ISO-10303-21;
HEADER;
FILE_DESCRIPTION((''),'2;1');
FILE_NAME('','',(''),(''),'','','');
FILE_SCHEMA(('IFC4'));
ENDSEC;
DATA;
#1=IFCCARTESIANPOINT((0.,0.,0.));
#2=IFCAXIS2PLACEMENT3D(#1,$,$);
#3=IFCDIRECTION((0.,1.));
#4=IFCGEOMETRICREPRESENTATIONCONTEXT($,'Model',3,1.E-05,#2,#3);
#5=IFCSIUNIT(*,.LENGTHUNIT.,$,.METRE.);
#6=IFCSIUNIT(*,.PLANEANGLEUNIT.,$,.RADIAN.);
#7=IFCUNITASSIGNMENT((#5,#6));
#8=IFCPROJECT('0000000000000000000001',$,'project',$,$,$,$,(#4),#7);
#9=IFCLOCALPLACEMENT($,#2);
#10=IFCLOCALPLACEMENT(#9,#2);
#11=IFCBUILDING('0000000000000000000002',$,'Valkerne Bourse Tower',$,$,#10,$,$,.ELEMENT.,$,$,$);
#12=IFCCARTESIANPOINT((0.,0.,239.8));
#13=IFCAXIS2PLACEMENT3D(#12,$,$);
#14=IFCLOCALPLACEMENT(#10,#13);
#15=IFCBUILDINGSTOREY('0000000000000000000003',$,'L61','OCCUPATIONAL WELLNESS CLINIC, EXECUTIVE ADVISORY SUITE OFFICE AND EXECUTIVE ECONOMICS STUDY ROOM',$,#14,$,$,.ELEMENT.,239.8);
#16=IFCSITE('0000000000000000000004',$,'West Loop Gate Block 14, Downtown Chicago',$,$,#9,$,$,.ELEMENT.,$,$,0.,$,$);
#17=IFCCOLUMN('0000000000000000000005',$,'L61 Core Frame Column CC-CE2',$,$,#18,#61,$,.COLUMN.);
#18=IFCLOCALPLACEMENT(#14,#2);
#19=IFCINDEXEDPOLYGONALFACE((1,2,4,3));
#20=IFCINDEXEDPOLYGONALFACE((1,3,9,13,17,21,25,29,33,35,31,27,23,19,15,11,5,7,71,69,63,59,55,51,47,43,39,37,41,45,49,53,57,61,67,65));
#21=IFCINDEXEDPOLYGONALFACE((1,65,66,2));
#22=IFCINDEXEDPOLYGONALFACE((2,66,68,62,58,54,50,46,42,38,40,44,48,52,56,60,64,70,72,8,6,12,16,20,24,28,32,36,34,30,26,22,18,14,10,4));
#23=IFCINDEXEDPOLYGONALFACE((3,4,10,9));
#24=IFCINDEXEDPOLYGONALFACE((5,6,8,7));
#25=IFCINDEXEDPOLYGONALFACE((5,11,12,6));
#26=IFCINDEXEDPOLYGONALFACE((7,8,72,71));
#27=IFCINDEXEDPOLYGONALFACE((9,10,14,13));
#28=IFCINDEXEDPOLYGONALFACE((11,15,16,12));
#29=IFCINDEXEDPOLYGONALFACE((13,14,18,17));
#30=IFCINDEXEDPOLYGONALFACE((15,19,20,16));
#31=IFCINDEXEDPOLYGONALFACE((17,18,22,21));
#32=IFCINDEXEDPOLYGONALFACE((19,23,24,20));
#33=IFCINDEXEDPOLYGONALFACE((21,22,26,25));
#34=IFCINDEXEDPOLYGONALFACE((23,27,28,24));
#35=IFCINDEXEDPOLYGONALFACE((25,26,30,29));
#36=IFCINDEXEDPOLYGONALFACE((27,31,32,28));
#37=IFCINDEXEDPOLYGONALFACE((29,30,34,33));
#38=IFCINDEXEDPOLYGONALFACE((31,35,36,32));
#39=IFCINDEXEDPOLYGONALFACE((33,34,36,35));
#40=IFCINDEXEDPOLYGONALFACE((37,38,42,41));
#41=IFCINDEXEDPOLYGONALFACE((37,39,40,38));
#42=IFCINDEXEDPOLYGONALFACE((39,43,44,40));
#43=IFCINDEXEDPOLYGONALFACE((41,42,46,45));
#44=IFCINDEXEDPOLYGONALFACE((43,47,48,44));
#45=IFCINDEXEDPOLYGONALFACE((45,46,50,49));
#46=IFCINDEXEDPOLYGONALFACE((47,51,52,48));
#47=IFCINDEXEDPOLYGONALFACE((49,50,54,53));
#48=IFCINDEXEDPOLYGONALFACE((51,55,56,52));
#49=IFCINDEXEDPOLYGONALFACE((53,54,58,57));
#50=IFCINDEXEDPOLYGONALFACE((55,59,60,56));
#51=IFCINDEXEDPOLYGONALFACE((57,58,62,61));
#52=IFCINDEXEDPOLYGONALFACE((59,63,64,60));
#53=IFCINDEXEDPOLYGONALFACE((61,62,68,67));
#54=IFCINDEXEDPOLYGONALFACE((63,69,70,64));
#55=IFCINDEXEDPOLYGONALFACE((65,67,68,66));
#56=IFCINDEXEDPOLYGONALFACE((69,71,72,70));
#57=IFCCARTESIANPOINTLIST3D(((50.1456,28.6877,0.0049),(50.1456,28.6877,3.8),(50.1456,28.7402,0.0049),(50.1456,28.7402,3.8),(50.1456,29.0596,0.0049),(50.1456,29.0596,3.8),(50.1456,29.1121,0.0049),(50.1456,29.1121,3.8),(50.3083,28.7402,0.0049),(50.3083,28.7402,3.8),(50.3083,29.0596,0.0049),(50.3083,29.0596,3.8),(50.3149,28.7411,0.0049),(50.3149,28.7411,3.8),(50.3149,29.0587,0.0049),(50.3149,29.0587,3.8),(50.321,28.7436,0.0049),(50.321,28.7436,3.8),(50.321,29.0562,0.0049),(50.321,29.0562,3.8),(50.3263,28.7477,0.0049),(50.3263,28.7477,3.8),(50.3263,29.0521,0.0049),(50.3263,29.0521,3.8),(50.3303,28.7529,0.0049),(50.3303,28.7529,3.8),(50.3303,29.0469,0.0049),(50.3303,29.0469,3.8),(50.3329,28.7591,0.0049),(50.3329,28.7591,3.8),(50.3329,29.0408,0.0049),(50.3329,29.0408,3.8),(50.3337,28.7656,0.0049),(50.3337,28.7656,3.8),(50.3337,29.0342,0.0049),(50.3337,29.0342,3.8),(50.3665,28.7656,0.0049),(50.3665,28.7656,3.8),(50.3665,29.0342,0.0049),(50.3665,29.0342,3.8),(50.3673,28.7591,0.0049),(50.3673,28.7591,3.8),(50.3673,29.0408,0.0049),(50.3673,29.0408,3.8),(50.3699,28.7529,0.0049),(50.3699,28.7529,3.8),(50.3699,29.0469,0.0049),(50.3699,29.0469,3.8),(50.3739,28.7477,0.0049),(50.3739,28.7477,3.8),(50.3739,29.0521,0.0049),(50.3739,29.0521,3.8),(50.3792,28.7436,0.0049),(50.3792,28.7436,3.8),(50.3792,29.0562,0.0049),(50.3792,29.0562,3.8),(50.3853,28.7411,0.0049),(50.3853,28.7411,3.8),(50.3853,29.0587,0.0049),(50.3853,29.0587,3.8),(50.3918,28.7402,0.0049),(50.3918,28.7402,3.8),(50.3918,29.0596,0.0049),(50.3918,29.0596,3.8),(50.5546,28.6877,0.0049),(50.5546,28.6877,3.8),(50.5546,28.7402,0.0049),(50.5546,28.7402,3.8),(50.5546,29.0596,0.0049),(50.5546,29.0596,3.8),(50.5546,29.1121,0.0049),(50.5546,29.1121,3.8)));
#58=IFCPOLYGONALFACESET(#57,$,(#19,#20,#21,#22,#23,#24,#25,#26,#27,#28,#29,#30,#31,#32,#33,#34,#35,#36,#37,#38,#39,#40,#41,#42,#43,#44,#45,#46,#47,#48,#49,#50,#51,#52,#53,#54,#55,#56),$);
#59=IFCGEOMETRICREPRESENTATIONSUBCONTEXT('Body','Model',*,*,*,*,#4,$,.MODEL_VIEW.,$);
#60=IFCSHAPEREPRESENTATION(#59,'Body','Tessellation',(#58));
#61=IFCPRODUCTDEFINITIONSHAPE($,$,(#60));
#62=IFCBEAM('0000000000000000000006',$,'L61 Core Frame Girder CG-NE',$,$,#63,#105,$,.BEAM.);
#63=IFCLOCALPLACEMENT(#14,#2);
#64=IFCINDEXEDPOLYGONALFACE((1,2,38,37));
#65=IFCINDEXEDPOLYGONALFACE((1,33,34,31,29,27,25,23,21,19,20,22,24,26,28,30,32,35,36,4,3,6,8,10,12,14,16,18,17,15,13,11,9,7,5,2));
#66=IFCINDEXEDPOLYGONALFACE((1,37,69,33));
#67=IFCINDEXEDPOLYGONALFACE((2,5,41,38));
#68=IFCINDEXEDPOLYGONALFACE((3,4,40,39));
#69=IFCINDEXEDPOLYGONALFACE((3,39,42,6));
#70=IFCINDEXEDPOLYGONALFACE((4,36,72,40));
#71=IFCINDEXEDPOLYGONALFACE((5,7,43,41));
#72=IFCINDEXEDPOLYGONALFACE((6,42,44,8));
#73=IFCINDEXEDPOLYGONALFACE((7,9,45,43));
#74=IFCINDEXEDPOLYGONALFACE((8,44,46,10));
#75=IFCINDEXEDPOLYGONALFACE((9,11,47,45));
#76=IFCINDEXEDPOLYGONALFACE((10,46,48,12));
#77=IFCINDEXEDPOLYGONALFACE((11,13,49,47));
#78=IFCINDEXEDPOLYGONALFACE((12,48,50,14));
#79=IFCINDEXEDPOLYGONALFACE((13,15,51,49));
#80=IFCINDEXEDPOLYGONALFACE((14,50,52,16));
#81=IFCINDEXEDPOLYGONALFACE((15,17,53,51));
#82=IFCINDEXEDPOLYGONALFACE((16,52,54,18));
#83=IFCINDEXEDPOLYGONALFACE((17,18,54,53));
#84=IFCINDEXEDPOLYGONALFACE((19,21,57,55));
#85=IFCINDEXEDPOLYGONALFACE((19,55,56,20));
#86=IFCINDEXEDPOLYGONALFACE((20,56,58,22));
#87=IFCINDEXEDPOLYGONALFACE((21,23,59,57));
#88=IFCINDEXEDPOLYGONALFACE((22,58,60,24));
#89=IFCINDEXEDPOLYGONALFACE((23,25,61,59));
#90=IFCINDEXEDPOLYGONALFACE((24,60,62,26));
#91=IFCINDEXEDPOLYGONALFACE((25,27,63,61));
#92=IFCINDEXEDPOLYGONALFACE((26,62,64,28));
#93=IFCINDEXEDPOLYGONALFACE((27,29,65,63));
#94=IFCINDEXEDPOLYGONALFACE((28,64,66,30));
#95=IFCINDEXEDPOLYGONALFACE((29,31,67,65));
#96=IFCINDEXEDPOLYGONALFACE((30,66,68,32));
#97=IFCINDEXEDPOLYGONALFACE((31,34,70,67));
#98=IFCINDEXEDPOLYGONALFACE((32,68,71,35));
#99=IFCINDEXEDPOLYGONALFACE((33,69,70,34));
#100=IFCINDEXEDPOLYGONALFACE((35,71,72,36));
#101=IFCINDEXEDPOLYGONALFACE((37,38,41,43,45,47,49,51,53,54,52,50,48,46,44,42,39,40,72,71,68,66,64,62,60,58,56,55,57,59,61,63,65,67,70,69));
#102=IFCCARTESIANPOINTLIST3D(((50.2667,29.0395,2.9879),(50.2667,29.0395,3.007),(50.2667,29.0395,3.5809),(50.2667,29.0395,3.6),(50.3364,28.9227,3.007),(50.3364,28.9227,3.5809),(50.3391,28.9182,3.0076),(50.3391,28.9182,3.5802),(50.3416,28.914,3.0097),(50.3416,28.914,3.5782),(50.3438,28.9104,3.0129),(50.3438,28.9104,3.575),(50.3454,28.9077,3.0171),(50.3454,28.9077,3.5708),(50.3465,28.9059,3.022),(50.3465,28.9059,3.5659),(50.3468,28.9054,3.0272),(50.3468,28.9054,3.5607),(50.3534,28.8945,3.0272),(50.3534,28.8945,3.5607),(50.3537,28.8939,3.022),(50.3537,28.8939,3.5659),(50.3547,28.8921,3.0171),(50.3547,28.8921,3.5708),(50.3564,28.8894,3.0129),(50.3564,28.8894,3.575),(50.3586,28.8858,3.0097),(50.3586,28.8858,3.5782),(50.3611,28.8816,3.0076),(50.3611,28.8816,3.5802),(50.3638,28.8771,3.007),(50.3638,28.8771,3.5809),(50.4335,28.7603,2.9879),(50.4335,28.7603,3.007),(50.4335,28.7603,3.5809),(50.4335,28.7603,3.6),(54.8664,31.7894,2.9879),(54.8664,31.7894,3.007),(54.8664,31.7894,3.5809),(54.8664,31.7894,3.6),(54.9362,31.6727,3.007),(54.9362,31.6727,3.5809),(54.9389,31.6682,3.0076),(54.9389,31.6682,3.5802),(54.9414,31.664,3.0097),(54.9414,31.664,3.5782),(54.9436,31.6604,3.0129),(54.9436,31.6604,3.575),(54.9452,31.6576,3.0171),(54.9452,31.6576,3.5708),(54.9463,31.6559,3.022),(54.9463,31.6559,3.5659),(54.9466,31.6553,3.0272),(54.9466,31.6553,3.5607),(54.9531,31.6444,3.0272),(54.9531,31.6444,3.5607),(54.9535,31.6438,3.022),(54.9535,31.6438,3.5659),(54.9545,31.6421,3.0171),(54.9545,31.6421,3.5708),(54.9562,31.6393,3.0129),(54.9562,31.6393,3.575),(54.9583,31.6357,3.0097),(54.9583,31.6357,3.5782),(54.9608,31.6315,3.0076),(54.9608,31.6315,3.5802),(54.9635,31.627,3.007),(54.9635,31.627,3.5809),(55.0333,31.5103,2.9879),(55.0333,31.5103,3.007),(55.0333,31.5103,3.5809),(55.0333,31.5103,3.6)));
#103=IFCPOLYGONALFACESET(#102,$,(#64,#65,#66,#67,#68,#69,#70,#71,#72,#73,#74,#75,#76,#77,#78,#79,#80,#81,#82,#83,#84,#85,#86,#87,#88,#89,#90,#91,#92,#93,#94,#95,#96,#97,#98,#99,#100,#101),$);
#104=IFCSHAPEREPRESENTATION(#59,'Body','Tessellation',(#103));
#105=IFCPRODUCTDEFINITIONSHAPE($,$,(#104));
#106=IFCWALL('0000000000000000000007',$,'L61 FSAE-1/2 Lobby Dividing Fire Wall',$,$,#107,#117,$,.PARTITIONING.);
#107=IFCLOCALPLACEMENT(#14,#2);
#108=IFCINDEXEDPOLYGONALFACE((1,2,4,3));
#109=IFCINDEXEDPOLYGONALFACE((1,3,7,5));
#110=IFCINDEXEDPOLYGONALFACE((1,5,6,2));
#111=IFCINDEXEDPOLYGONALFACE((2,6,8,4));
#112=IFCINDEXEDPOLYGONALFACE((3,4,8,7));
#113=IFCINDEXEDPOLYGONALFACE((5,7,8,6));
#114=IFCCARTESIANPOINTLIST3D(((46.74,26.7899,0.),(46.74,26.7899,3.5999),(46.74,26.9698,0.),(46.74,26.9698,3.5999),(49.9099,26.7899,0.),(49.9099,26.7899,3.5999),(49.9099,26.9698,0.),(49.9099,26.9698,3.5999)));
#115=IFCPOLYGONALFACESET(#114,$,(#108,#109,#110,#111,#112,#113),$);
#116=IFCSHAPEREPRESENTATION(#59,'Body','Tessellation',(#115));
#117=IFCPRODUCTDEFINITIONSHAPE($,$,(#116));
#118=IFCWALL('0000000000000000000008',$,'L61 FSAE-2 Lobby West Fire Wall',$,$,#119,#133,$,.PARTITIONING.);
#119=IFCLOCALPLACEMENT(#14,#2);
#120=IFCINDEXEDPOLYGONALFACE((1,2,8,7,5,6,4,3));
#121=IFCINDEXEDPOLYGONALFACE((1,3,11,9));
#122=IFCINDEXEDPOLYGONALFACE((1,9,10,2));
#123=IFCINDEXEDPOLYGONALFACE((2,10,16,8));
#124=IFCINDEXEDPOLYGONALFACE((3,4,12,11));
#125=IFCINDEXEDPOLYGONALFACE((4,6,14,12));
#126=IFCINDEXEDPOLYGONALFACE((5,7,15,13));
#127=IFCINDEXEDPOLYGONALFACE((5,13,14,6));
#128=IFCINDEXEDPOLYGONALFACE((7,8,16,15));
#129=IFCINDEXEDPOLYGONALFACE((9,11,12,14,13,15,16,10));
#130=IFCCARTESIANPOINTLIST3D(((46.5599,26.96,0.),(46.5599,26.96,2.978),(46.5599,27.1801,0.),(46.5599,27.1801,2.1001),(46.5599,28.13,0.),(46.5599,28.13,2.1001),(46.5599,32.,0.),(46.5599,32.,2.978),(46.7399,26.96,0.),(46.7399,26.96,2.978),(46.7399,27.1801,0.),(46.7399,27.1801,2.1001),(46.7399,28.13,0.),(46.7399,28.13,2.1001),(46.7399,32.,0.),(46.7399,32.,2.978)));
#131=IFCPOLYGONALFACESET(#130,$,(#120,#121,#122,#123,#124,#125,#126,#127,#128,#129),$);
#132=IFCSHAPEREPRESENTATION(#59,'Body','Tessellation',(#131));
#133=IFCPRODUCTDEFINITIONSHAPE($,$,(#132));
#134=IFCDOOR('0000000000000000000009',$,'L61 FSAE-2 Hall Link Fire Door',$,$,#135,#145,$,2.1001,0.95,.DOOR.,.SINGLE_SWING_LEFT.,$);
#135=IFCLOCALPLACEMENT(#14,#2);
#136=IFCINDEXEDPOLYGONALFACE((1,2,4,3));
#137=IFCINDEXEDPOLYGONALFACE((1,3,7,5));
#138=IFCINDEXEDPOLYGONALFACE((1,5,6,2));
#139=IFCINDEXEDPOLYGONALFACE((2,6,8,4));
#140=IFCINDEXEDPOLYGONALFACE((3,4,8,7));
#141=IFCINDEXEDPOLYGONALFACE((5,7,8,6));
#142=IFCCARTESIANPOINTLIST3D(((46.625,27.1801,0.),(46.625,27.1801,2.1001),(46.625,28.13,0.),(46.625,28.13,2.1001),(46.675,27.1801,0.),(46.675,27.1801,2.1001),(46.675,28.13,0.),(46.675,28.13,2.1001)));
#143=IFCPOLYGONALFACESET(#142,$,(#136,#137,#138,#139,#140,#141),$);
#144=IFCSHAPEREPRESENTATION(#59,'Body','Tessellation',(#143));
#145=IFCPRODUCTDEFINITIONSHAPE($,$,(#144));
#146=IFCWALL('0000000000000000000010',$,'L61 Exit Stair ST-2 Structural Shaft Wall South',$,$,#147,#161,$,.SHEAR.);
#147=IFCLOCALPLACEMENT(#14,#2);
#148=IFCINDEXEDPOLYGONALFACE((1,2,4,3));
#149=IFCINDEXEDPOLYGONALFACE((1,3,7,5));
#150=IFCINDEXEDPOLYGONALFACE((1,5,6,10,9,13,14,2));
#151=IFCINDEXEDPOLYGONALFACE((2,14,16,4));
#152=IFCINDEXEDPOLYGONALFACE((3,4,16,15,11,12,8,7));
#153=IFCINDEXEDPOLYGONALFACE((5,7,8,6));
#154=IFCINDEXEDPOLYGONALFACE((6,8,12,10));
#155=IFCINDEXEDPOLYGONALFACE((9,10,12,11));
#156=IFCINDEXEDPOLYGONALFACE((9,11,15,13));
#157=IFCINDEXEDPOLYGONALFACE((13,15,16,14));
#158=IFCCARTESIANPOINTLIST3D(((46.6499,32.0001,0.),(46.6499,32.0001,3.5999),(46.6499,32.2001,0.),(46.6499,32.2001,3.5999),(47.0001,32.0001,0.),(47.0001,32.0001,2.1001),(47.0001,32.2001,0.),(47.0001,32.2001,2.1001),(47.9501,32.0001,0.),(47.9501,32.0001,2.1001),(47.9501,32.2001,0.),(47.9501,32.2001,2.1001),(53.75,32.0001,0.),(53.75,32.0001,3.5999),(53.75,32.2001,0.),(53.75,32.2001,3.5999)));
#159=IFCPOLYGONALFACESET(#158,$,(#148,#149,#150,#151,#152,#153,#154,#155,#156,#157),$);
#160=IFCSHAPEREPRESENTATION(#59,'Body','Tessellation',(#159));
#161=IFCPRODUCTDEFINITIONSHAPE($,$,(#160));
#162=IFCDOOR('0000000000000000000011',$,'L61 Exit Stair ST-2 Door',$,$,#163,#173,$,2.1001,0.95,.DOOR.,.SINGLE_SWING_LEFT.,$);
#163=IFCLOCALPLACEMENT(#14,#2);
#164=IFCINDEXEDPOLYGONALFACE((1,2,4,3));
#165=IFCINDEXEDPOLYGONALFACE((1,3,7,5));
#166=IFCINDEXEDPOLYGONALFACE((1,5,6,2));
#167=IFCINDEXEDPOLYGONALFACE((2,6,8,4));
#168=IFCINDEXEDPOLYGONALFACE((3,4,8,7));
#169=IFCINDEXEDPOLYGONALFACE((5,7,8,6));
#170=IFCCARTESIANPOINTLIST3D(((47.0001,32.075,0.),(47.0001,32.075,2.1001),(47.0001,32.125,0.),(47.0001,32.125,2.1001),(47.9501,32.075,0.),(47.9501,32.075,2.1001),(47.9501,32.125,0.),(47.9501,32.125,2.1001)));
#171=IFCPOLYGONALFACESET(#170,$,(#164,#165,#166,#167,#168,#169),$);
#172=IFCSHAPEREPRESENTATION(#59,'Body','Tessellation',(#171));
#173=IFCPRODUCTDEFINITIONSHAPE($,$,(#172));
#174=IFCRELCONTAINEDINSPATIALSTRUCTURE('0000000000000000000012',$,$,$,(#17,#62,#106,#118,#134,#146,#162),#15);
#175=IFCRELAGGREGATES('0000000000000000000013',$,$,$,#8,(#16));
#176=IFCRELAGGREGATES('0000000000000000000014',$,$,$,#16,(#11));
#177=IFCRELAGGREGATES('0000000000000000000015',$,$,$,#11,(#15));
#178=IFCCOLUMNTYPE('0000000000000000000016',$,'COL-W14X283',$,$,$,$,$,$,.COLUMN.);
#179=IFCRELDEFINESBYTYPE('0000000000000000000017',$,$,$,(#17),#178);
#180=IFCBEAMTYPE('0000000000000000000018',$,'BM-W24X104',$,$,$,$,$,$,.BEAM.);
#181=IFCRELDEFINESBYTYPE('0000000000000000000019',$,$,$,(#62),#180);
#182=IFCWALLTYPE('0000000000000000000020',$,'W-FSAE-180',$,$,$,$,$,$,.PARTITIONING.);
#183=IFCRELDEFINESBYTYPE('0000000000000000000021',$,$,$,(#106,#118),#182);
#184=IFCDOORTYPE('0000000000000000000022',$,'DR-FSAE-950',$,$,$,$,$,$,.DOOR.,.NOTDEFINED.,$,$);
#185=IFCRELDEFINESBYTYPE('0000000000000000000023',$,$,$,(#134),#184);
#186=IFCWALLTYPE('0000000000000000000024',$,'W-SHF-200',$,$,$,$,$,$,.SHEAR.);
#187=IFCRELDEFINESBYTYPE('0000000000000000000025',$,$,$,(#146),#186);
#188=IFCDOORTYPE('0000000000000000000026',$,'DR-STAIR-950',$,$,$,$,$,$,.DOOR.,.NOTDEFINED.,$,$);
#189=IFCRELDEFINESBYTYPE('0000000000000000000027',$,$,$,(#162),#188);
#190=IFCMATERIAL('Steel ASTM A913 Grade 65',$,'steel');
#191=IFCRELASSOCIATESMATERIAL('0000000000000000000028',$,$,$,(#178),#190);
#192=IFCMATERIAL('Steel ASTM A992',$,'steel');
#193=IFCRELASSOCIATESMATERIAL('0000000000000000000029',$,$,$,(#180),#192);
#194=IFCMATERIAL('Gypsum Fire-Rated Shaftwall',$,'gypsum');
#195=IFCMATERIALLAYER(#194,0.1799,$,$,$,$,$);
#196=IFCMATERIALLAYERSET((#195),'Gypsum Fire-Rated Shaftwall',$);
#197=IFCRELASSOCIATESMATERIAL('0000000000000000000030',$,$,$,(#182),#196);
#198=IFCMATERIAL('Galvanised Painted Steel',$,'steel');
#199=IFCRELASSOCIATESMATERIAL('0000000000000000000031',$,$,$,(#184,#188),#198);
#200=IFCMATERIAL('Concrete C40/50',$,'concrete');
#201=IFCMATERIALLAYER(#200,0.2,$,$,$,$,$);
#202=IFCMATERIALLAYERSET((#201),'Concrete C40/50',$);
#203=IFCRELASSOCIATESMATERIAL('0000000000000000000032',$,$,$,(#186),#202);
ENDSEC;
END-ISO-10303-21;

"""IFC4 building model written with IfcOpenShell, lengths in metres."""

from ifc_helpers import new_model, si_unit, direction, frame, frame_2d, origin, origin_2d, place, context, subcontext, project, spatial, rectangle, i_section, extrude, material, layer, layer_set, material_profile, profile_set, type_object, element, fill, save


model = new_model("IFC4")

# Units and contexts
model_context = context("Model", 3, precision=1e-05, world=origin(), true_north=direction((0.0, 1.0)))
body_context = subcontext(model_context, "Body", "Model", "MODEL_VIEW")
ifc_project = project(units=[si_unit("LENGTHUNIT", "METRE"), si_unit("PLANEANGLEUNIT", "RADIAN")], contexts=[model_context])

# Site, building, storey
site_placement = place(None, origin())
site = spatial("IfcSite", under=ifc_project, at=site_placement, Name="West Loop Gate Block 14, Downtown Chicago", CompositionType="ELEMENT", RefElevation=0.0)
building_placement = place(site_placement, origin())
building = spatial("IfcBuilding", under=site, at=building_placement, Name="Valkerne Bourse Tower", CompositionType="ELEMENT")
storey_placement = place(building_placement, frame((0.0, 0.0, 239.8)))
storey = spatial("IfcBuildingStorey", under=building, at=storey_placement, Name="L61", Description="OCCUPATIONAL WELLNESS CLINIC, EXECUTIVE ADVISORY SUITE OFFICE AND EXECUTIVE ECONOMICS STUDY ROOM", CompositionType="ELEMENT", Elevation=239.8)

# Column
ifc_material_1 = material(Name="Steel ASTM A913 Grade 65", Category="steel")
ifc_material_profile_1 = material_profile(ifc_material_1, i_section(OverallWidth=0.4089, OverallDepth=0.4243, WebThickness=0.0327, FlangeThickness=0.0525, FilletRadius=0.0254, at=origin_2d()), Name="W14X283")
ifc_profile_set_1 = profile_set([ifc_material_profile_1], Name="Steel ASTM A913 Grade 65")
column_type = type_object("IfcColumnType", Name="COL-W14X283", PredefinedType="COLUMN", material=ifc_profile_set_1)
column_placement = place(storey_placement, frame((50.3501, 28.8999, 0.0049), z_axis=(0.0, 0.0, 1.0), x_axis=(1.0, 0.0, 0.0)))
element("IfcColumn", 1, at=column_placement, inside=storey, type_object=column_type, Name="L61 Core Frame Column CC-CE2", PredefinedType="COLUMN", context=body_context, shape_type="SweptSolid", body=[
    extrude(i_section(OverallWidth=0.4089, OverallDepth=0.4243, WebThickness=0.0327, FlangeThickness=0.0525, FilletRadius=0.0254, at=origin_2d()), origin(), (0.0, 0.0, 1.0), 3.7952),
])

# Beam
ifc_material_2 = material(Name="Steel ASTM A992", Category="steel")
ifc_material_profile_2 = material_profile(ifc_material_2, i_section(OverallWidth=0.3252, OverallDepth=0.6121, WebThickness=0.0127, FlangeThickness=0.019, FilletRadius=0.0203, at=origin_2d()), Name="W24X104")
ifc_profile_set_2 = profile_set([ifc_material_profile_2], Name="Steel ASTM A992")
beam_type = type_object("IfcBeamType", Name="BM-W24X104", PredefinedType="BEAM", material=ifc_profile_set_2)
beam_placement = place(storey_placement, frame((50.3501, 28.8999, 3.2939), z_axis=(0.858308, 0.513135, 0.0), x_axis=(-0.513135, 0.858308, 0.0)))
element("IfcBeam", 2, at=beam_placement, inside=storey, type_object=beam_type, Name="L61 Core Frame Girder CG-NE", PredefinedType="BEAM", context=body_context, shape_type="SweptSolid", body=[
    extrude(i_section(OverallWidth=0.3252, OverallDepth=0.6121, WebThickness=0.0127, FlangeThickness=0.019, FilletRadius=0.0203, at=origin_2d()), origin(), (0.0, 0.0, 1.0), 5.3591),
])

# Wall
ifc_material_3 = material(Name="Gypsum Fire-Rated Shaftwall", Category="gypsum")
ifc_layer_1 = layer(ifc_material_3, 0.1799)
ifc_layer_set_1 = layer_set([ifc_layer_1], Name="Gypsum Fire-Rated Shaftwall")
wall_type_1 = type_object("IfcWallType", Name="W-FSAE-180", PredefinedType="PARTITIONING", material=ifc_layer_set_1)
wall_1_placement = place(storey_placement, frame((46.74, 26.8799, 0.0), z_axis=(0.0, 0.0, 1.0), x_axis=(1.0, 0.0, 0.0)))
element("IfcWall", 3, at=wall_1_placement, inside=storey, type_object=wall_type_1, Name="L61 FSAE-1/2 Lobby Dividing Fire Wall", PredefinedType="PARTITIONING", context=body_context, shape_type="SweptSolid", body=[
    extrude(rectangle(XDim=3.1699, YDim=0.1799, at=frame_2d((1.585, 0.0))), origin(), (0.0, 0.0, 1.0), 3.5999),
])

# Wall, opening, door
wall_2_placement = place(storey_placement, frame((46.6499, 26.96, 0.0), z_axis=(0.0, 0.0, 1.0), x_axis=(0.0, 1.0, 0.0)))
wall_2 = element("IfcWall", 4, at=wall_2_placement, inside=storey, type_object=wall_type_1, Name="L61 FSAE-2 Lobby West Fire Wall", PredefinedType="PARTITIONING", context=body_context, shape_type="SweptSolid", body=[
    extrude(rectangle(XDim=5.04, YDim=0.1799, at=frame_2d((2.52, 0.0))), origin(), (0.0, 0.0, 1.0), 2.978),
])
opening_1_placement = place(wall_2_placement, frame((0.22, 0.0, 0.0)))
opening_1 = element("IfcOpeningElement", 5, at=opening_1_placement, cuts=wall_2, PredefinedType="OPENING", context=body_context, shape_type="SweptSolid", body=[
    extrude(rectangle(XDim=0.95, YDim=2.1001, at=frame_2d((0.4751, 1.05))), frame((0.0, 0.0999, 0.0), z_axis=(0.0, -1.0, 0.0), x_axis=(1.0, 0.0, 0.0)), (0.0, 0.0, 1.0), 0.2),
])
ifc_material_4 = material(Name="Galvanised Painted Steel", Category="steel")
door_type_1 = type_object("IfcDoorType", Name="DR-FSAE-950", OperationType="NOTDEFINED", PredefinedType="DOOR", material=ifc_material_4)
door_1_placement = place(opening_1_placement, origin())
door_1 = element("IfcDoor", 6, at=door_1_placement, inside=storey, type_object=door_type_1, Name="L61 FSAE-2 Hall Link Fire Door", OperationType="SINGLE_SWING_LEFT", OverallHeight=2.1001, OverallWidth=0.95, PredefinedType="DOOR", context=body_context, shape_type="SweptSolid", body=[
    extrude(rectangle(XDim=0.95, YDim=2.1001, at=frame_2d((0.4751, 1.05))), frame((0.0, 0.0249, 0.0), z_axis=(0.0, -1.0, 0.0), x_axis=(1.0, 0.0, 0.0)), (0.0, 0.0, 1.0), 0.05),
])
fill(opening_1, door_1)

# Wall, opening, door
ifc_material_5 = material(Name="Concrete C40/50", Category="concrete")
ifc_layer_2 = layer(ifc_material_5, 0.2)
ifc_layer_set_2 = layer_set([ifc_layer_2], Name="Concrete C40/50")
wall_type_2 = type_object("IfcWallType", Name="W-SHF-200", PredefinedType="SHEAR", material=ifc_layer_set_2)
wall_3_placement = place(storey_placement, frame((46.6499, 32.1001, 0.0), z_axis=(0.0, 0.0, 1.0), x_axis=(1.0, 0.0, 0.0)))
wall_3 = element("IfcWall", 7, at=wall_3_placement, inside=storey, type_object=wall_type_2, Name="L61 Exit Stair ST-2 Structural Shaft Wall South", PredefinedType="SHEAR", context=body_context, shape_type="SweptSolid", body=[
    extrude(rectangle(XDim=7.1001, YDim=0.2, at=frame_2d((3.55, 0.0))), origin(), (0.0, 0.0, 1.0), 3.5999),
])
opening_2_placement = place(wall_3_placement, frame((0.3501, 0.0, 0.0)))
opening_2 = element("IfcOpeningElement", 8, at=opening_2_placement, cuts=wall_3, PredefinedType="OPENING", context=body_context, shape_type="SweptSolid", body=[
    extrude(rectangle(XDim=0.95, YDim=2.1001, at=frame_2d((0.4751, 1.05))), frame((0.0, 0.1099, 0.0), z_axis=(0.0, -1.0, 0.0), x_axis=(1.0, 0.0, 0.0)), (0.0, 0.0, 1.0), 0.22),
])
door_type_2 = type_object("IfcDoorType", Name="DR-STAIR-950", OperationType="NOTDEFINED", PredefinedType="DOOR", material=ifc_material_4)
door_2_placement = place(opening_2_placement, origin())
door_2 = element("IfcDoor", 9, at=door_2_placement, inside=storey, type_object=door_type_2, Name="L61 Exit Stair ST-2 Door", OperationType="SINGLE_SWING_LEFT", OverallHeight=2.1001, OverallWidth=0.95, PredefinedType="DOOR", context=body_context, shape_type="SweptSolid", body=[
    extrude(rectangle(XDim=0.95, YDim=2.1001, at=frame_2d((0.4751, 1.05))), frame((0.0, 0.0249, 0.0), z_axis=(0.0, -1.0, 0.0), x_axis=(1.0, 0.0, 0.0)), (0.0, 0.0, 1.0), 0.05),
])
fill(opening_2, door_2)

save(model, "model.ifc")
